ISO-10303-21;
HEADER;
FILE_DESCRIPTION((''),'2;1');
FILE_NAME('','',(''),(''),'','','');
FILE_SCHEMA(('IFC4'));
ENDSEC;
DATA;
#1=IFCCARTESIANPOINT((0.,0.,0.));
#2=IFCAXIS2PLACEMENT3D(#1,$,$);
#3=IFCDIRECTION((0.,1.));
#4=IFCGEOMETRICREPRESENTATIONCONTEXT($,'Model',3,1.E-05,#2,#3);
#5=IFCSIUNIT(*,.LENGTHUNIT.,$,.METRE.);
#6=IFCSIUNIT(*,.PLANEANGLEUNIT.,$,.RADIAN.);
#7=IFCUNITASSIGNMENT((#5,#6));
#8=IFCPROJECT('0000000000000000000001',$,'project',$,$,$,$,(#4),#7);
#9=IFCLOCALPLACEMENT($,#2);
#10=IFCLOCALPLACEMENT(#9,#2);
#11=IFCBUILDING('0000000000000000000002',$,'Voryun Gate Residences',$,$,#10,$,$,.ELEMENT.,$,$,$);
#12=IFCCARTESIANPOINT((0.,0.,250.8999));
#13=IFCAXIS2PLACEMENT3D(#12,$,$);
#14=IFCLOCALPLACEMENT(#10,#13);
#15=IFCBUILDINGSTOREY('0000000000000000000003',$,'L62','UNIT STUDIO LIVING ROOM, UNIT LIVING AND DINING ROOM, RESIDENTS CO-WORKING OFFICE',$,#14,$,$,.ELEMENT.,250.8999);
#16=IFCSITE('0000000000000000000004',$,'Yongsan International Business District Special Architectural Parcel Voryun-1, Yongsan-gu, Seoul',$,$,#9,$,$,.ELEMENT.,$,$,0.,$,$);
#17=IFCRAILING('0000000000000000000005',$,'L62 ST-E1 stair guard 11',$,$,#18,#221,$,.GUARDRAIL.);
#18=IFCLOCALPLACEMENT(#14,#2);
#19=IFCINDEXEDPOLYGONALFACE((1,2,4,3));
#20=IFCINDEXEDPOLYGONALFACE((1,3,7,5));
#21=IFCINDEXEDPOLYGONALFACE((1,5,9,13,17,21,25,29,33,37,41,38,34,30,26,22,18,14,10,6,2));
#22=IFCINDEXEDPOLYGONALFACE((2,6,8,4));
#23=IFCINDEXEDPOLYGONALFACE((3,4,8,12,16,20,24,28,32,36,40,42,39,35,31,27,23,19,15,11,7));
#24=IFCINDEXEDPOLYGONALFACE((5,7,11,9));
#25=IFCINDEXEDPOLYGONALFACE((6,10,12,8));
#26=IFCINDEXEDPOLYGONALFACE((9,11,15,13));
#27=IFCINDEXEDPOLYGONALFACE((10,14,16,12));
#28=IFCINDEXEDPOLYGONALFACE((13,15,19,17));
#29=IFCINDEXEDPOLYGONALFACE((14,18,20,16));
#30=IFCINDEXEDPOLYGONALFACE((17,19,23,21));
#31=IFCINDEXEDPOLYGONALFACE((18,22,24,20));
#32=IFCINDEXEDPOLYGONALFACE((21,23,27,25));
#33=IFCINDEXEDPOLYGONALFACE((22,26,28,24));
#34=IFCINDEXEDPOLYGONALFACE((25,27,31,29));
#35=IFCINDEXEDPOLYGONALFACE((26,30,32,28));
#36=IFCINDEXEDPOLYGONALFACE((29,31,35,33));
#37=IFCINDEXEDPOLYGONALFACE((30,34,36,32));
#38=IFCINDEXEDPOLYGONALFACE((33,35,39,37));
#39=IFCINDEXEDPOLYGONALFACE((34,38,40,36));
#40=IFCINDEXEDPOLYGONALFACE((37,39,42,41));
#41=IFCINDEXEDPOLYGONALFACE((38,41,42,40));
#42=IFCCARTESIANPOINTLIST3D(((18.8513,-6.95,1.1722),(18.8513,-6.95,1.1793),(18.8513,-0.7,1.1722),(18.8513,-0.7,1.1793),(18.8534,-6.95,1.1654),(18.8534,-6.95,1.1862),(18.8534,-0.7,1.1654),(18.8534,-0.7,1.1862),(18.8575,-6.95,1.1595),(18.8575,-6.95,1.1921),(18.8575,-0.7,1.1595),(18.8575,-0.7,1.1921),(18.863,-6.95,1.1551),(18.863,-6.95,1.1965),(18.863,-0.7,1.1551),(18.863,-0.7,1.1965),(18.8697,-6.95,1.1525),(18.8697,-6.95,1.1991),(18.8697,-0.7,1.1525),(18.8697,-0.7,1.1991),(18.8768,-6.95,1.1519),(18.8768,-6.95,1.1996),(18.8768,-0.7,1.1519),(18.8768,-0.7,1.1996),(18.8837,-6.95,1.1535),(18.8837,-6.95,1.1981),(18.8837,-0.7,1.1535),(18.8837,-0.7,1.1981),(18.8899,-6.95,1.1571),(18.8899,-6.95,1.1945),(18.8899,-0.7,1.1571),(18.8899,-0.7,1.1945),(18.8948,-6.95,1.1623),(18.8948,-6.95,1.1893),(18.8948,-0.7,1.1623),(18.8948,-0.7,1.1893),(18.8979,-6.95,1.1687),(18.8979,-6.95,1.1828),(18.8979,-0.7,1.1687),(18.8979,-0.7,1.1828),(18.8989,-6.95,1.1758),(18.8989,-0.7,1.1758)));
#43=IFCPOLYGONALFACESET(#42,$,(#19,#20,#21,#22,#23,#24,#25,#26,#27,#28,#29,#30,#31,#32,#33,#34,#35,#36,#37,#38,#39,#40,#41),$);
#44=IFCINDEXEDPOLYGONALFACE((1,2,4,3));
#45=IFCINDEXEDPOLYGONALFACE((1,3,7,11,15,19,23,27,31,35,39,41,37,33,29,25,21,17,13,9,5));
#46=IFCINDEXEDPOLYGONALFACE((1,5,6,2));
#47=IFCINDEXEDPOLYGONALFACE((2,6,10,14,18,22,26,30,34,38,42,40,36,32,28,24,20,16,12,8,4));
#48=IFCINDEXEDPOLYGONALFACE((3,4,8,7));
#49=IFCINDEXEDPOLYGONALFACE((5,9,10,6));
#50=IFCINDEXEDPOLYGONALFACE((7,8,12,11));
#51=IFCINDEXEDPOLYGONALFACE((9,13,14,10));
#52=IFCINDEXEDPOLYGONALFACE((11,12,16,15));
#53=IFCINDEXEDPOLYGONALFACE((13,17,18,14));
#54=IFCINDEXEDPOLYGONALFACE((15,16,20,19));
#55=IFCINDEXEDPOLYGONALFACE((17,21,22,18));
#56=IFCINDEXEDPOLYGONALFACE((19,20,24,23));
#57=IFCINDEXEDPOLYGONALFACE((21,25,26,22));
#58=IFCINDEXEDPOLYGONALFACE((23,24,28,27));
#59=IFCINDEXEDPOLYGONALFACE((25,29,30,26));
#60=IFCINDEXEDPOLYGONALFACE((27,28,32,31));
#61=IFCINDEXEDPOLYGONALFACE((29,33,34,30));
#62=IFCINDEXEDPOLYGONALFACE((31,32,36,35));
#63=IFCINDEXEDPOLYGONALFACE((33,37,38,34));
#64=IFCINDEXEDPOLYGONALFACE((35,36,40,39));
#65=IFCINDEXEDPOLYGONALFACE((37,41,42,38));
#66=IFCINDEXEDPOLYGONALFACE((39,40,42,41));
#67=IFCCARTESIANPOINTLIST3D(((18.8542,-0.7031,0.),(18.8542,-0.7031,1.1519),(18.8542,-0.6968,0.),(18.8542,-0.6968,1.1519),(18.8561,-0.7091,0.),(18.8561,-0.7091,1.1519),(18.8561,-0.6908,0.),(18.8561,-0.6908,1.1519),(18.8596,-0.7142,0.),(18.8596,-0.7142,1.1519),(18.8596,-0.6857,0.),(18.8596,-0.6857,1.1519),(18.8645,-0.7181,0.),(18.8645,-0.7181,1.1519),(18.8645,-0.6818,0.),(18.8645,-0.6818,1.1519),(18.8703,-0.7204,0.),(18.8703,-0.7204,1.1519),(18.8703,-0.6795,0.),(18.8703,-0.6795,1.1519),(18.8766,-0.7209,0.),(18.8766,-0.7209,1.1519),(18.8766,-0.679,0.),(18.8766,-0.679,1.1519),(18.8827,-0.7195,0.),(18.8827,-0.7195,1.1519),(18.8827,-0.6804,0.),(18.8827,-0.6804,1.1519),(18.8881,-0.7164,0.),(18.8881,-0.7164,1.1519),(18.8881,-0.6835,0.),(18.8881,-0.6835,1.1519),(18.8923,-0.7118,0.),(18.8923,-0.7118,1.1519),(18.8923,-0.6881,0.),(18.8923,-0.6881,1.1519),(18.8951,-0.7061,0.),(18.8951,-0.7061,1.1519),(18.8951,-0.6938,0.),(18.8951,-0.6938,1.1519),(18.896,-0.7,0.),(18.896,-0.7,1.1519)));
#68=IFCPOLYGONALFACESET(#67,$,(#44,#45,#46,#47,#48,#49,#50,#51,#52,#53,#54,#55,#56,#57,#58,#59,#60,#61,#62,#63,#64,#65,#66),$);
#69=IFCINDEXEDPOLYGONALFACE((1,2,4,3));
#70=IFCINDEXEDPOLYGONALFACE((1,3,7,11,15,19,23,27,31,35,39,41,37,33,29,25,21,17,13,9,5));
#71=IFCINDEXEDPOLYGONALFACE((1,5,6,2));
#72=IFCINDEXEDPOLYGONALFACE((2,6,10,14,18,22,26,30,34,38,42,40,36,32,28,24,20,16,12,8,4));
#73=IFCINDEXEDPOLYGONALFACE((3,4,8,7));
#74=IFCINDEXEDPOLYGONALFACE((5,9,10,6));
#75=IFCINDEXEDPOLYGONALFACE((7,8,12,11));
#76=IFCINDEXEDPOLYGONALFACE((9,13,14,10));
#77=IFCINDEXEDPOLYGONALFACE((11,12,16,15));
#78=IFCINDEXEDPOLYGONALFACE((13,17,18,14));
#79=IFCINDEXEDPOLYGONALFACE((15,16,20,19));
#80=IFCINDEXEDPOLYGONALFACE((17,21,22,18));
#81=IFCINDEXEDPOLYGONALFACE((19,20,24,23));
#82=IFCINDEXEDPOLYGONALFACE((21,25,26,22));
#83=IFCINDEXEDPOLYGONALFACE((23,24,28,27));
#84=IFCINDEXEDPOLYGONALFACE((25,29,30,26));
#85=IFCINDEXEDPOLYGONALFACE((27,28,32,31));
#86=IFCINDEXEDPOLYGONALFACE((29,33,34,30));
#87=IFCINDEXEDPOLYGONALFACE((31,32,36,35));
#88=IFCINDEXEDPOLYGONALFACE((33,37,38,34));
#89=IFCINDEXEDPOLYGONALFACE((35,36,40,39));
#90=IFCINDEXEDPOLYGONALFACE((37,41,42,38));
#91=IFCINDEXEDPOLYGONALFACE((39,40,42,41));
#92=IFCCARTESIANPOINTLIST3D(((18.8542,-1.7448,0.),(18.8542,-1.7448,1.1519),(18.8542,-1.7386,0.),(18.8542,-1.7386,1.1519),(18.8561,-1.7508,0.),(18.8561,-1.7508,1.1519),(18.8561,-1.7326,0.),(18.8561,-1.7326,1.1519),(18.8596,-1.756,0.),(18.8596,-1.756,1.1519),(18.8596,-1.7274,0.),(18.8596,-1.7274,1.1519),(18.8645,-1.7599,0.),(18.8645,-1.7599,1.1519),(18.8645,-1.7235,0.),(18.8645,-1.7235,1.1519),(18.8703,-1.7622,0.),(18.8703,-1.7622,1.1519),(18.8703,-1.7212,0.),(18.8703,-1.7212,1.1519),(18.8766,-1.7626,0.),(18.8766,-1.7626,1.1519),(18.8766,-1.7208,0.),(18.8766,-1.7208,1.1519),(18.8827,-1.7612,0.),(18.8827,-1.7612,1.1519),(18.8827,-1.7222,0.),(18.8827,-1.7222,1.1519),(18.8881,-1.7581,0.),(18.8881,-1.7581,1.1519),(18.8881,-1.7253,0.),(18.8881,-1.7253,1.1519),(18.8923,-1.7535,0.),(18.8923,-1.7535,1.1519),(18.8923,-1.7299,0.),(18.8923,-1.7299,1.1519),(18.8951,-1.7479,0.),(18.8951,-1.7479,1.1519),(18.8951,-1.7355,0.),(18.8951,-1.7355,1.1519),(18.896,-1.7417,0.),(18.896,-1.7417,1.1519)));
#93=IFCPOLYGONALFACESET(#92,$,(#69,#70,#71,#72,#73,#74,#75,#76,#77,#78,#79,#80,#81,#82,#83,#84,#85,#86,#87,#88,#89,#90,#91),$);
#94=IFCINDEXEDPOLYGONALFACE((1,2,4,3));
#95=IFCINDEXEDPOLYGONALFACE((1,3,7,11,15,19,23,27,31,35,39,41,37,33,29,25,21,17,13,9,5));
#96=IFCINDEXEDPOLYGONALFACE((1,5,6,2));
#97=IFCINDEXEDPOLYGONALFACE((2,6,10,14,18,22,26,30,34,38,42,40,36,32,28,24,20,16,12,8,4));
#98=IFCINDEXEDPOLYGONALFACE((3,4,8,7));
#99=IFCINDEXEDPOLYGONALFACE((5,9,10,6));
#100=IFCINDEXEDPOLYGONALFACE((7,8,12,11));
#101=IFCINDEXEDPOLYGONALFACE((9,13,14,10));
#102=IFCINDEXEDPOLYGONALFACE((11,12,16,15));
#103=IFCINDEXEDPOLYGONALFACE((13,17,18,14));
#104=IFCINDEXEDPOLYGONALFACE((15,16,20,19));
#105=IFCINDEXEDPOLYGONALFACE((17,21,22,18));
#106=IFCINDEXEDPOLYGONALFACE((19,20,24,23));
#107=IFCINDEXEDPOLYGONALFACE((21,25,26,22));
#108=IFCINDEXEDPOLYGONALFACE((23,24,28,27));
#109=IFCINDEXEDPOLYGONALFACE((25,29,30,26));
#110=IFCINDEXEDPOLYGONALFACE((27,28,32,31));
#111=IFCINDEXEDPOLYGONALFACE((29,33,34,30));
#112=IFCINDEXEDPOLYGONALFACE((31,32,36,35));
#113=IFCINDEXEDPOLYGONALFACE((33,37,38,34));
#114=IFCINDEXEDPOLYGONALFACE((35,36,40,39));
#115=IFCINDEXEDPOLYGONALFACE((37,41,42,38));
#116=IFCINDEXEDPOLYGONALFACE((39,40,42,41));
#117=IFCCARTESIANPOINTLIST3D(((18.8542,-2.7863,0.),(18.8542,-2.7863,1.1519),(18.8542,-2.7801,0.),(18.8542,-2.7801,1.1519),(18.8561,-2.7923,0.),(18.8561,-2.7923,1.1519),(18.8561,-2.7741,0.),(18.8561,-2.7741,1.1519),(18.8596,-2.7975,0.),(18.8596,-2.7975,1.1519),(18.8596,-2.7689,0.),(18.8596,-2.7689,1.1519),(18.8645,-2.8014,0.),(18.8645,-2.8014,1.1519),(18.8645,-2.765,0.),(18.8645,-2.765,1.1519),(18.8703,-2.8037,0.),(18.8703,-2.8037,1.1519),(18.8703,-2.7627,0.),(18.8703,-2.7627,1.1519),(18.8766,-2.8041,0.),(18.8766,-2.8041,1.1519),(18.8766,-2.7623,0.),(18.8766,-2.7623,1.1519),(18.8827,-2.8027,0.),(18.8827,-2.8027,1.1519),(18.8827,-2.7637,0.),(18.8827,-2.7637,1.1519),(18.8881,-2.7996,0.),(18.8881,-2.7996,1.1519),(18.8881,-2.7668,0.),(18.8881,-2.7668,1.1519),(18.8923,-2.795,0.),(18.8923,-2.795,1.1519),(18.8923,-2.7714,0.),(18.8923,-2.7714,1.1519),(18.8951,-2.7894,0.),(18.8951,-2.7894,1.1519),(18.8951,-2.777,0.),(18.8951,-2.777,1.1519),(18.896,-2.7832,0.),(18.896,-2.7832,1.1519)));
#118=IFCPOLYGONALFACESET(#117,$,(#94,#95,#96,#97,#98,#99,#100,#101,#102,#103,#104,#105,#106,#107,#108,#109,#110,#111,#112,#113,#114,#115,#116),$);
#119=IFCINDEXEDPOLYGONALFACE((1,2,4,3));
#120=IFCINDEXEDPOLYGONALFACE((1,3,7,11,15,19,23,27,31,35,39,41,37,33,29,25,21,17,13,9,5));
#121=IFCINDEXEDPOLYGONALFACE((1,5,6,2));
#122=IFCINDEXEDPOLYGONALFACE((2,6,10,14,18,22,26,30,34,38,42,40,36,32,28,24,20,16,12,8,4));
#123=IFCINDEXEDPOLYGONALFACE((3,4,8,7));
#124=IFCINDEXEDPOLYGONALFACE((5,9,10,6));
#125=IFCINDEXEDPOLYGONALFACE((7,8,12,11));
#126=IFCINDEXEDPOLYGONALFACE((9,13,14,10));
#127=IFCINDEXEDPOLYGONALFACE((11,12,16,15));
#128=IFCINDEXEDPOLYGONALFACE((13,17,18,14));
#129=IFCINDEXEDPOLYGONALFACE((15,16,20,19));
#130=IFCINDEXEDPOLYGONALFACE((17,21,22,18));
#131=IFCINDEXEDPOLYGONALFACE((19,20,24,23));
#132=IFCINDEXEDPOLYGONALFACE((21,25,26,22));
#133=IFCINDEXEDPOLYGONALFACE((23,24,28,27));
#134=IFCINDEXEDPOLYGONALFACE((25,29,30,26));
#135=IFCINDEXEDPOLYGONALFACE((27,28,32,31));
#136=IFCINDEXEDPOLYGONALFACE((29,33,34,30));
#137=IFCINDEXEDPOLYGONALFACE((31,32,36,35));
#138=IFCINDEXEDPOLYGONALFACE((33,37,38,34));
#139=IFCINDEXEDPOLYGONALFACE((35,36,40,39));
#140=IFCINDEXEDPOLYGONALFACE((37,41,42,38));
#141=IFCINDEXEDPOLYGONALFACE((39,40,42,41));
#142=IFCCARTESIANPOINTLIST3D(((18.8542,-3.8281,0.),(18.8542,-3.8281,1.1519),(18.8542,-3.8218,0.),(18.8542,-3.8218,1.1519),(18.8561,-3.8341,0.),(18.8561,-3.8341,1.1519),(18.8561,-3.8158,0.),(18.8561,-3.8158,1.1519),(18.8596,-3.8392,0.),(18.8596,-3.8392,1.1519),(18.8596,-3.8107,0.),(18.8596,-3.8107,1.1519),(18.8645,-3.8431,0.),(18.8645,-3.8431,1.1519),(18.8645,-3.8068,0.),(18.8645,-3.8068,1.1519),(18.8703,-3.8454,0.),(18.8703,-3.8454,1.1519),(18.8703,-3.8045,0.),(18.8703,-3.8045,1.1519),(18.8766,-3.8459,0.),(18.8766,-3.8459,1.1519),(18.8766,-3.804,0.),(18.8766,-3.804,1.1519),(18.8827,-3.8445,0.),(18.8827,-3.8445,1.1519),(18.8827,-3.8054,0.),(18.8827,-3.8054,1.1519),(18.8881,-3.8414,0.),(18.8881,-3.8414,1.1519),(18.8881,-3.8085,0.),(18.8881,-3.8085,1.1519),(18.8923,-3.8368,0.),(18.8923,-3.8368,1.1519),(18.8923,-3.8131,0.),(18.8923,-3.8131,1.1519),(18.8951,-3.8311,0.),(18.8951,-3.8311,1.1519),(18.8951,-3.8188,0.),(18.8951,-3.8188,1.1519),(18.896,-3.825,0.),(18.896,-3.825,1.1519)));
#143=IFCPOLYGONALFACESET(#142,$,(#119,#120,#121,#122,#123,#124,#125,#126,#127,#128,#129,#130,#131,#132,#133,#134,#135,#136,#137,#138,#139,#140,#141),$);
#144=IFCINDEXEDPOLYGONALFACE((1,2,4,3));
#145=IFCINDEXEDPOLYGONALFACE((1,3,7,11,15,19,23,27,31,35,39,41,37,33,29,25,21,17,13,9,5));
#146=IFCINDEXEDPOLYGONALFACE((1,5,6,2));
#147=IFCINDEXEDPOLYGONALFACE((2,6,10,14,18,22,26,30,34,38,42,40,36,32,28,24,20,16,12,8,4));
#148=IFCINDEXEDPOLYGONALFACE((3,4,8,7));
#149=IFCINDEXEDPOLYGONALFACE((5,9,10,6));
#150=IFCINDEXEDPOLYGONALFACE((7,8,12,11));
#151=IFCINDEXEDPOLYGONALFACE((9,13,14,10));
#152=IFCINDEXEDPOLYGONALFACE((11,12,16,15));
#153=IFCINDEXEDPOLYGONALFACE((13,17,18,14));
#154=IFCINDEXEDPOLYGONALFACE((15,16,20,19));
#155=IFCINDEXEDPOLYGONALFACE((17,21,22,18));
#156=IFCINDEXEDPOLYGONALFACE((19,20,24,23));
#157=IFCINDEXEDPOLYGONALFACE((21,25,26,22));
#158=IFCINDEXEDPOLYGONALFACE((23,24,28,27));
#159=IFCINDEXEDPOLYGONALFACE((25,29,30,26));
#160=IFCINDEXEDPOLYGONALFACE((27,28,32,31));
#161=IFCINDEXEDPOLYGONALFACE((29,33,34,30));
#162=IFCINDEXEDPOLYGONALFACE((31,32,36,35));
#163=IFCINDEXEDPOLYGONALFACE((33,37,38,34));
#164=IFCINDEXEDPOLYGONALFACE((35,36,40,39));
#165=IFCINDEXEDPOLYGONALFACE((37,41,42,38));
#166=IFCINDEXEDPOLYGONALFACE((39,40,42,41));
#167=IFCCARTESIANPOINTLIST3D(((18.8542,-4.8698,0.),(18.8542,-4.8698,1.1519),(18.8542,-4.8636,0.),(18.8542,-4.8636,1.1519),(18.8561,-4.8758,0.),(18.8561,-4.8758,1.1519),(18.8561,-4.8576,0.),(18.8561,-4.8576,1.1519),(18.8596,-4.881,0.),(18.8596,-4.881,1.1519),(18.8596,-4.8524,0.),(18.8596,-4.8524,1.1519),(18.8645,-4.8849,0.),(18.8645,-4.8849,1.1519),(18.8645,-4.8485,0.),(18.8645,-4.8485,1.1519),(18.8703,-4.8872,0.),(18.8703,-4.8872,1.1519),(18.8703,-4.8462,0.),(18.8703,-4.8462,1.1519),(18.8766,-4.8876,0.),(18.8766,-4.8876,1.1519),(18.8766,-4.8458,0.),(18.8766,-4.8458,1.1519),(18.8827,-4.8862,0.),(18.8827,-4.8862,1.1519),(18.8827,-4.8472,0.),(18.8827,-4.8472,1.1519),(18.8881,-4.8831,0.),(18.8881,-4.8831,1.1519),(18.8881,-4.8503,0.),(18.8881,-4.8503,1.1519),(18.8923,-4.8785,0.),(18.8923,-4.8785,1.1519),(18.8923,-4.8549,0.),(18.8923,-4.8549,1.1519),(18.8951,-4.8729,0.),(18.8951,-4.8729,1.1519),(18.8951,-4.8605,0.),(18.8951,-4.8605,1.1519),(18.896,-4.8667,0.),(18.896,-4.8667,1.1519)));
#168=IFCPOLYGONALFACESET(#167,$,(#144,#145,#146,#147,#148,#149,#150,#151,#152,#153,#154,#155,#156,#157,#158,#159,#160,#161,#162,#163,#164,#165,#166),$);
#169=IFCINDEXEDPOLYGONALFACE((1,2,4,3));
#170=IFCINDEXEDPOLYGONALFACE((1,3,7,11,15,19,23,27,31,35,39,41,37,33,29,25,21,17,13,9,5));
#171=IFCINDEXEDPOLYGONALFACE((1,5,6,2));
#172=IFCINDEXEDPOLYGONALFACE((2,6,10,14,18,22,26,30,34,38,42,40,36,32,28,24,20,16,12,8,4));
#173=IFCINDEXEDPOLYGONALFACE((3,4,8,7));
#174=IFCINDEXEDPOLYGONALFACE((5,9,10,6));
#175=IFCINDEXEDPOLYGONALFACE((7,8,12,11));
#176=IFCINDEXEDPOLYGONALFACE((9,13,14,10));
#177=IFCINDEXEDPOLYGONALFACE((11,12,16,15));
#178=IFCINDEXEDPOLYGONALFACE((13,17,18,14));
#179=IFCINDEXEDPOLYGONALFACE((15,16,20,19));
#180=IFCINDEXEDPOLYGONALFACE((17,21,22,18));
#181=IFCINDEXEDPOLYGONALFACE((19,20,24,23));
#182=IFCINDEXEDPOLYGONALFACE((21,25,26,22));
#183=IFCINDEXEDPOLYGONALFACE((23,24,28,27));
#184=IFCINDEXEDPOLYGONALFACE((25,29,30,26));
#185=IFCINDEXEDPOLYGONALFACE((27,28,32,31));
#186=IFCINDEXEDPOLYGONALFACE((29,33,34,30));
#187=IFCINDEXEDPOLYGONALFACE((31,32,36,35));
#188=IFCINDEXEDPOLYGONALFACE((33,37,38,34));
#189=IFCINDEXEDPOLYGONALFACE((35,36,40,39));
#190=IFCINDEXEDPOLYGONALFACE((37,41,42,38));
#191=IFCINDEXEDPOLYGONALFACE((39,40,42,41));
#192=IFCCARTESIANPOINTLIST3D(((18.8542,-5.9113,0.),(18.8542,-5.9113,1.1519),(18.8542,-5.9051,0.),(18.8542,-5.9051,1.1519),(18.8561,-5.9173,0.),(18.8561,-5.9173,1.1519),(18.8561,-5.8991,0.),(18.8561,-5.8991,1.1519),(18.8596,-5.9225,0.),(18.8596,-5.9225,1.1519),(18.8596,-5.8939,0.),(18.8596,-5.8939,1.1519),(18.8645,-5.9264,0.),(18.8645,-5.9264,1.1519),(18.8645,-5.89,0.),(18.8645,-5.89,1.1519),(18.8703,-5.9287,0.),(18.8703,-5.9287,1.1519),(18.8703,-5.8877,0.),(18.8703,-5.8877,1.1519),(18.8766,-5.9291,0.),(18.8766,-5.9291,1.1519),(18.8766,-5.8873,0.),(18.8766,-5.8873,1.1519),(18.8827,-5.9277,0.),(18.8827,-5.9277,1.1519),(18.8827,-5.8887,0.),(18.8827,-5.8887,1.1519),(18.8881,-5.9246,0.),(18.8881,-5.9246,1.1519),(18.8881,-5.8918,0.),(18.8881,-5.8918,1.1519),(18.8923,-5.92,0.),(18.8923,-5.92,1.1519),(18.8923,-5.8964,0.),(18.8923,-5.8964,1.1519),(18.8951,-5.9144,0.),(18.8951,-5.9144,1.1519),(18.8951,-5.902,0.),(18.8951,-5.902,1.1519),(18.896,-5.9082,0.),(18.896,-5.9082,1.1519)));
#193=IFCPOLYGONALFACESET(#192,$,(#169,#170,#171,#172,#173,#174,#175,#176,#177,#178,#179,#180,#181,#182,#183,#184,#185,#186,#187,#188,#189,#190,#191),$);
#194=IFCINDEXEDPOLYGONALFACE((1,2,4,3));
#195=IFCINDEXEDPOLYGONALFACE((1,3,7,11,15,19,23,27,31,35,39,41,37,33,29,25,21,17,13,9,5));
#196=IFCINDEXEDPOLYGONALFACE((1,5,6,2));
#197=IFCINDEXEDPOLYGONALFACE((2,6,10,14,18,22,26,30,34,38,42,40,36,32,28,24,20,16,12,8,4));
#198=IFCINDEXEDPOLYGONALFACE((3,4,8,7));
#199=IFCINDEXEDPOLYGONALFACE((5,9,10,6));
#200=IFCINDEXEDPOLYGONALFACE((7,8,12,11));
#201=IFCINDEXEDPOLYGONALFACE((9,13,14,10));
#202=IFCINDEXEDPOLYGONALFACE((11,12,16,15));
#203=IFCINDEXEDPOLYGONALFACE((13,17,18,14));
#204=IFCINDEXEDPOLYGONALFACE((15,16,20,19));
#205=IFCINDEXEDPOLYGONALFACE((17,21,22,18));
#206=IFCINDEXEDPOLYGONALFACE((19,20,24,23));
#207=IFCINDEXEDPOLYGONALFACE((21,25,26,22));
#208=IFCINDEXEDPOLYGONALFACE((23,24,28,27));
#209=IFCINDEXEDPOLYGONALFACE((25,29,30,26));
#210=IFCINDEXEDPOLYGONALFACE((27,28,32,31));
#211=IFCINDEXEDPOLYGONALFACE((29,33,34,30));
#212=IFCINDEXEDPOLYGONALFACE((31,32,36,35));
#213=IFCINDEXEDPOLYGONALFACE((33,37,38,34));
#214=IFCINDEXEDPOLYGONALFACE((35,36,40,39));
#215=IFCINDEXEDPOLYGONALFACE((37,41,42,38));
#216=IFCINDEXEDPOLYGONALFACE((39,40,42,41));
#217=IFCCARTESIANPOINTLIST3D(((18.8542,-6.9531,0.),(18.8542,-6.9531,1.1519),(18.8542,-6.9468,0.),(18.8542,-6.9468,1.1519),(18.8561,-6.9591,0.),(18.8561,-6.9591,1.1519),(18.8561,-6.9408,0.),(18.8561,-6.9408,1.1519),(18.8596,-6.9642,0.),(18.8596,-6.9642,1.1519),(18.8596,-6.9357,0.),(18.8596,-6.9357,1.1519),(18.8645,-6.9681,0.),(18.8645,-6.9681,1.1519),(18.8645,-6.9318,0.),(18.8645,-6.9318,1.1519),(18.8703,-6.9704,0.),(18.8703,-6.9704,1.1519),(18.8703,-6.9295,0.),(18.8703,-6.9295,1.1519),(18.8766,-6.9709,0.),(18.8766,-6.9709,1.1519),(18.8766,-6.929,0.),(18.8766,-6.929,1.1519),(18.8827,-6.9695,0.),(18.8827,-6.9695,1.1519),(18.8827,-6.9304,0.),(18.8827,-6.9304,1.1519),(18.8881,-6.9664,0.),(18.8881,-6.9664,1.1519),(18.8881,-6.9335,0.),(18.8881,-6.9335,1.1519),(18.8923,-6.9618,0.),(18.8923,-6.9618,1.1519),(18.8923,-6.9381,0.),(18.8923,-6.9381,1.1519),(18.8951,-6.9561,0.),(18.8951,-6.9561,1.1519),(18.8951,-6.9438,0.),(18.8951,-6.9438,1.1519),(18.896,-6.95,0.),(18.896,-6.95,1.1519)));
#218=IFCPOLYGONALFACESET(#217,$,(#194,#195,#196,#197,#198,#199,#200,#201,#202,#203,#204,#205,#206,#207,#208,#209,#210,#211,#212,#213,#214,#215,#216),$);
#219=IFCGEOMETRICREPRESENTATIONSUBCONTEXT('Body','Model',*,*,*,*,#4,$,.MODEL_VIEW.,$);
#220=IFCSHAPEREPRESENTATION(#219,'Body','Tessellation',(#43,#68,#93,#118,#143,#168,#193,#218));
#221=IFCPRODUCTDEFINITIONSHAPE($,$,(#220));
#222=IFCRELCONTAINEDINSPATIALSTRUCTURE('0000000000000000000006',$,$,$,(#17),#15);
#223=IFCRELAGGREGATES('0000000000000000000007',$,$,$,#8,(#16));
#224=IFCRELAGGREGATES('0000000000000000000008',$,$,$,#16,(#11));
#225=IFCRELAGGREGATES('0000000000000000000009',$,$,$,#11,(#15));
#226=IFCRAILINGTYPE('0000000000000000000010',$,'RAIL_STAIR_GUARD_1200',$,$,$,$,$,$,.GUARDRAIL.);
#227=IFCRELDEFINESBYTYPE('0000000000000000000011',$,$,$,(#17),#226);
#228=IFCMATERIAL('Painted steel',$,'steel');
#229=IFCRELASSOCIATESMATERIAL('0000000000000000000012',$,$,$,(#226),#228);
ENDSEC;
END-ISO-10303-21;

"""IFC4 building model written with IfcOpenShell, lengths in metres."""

from ifc_helpers import new_model, si_unit, direction, frame, origin, origin_2d, place, context, subcontext, project, spatial, circle, extrude, material, type_object, element, save


model = new_model("IFC4")

# Units and contexts
model_context = context("Model", 3, precision=1e-05, world=origin(), true_north=direction((0.0, 1.0)))
body_context = subcontext(model_context, "Body", "Model", "MODEL_VIEW")
ifc_project = project(units=[si_unit("LENGTHUNIT", "METRE"), si_unit("PLANEANGLEUNIT", "RADIAN")], contexts=[model_context])

# Site, building, storey
site_placement = place(None, origin())
site = spatial("IfcSite", under=ifc_project, at=site_placement, Name="Yongsan International Business District Special Architectural Parcel Voryun-1, Yongsan-gu, Seoul", CompositionType="ELEMENT", RefElevation=0.0)
building_placement = place(site_placement, origin())
building = spatial("IfcBuilding", under=site, at=building_placement, Name="Voryun Gate Residences", CompositionType="ELEMENT")
storey_placement = place(building_placement, frame((0.0, 0.0, 250.8999)))
storey = spatial("IfcBuildingStorey", under=building, at=storey_placement, Name="L62", Description="UNIT STUDIO LIVING ROOM, UNIT LIVING AND DINING ROOM, RESIDENTS CO-WORKING OFFICE", CompositionType="ELEMENT", Elevation=250.8999)

# Railing
ifc_material_1 = material(Name="Painted steel", Category="steel")
railing_type_1 = type_object("IfcRailingType", Name="RAIL_STAIR_GUARD_1200", PredefinedType="GUARDRAIL", material=ifc_material_1)
railing_1_placement = place(storey_placement, frame((18.875, -0.7, 0.0)))
element("IfcRailing", 1, at=railing_1_placement, inside=storey, type_object=railing_type_1, Name="L62 ST-E1 stair guard 11", PredefinedType="GUARDRAIL", context=body_context, shape_type="SweptSolid", body=[
    extrude(circle(Radius=0.0239, at=origin_2d()), frame((0.0, 0.0, 1.1758), z_axis=(0.0, -1.0, 0.0), x_axis=(1.0, 0.0, 0.0)), (0.0, 0.0, 1.0), 6.25),
    extrude(circle(Radius=0.021, at=origin_2d()), origin(), (0.0, 0.0, 1.0), 1.1519),
    extrude(circle(Radius=0.021, at=origin_2d()), frame((0.0, -1.0417, 0.0)), (0.0, 0.0, 1.0), 1.1519),
    extrude(circle(Radius=0.021, at=origin_2d()), frame((0.0, -2.0833, 0.0)), (0.0, 0.0, 1.0), 1.1519),
    extrude(circle(Radius=0.021, at=origin_2d()), frame((0.0, -3.125, 0.0)), (0.0, 0.0, 1.0), 1.1519),
    extrude(circle(Radius=0.021, at=origin_2d()), frame((0.0, -4.1667, 0.0)), (0.0, 0.0, 1.0), 1.1519),
    extrude(circle(Radius=0.021, at=origin_2d()), frame((0.0, -5.2083, 0.0)), (0.0, 0.0, 1.0), 1.1519),
    extrude(circle(Radius=0.021, at=origin_2d()), frame((0.0, -6.25, 0.0)), (0.0, 0.0, 1.0), 1.1519),
])

save(model, "model.ifc")
